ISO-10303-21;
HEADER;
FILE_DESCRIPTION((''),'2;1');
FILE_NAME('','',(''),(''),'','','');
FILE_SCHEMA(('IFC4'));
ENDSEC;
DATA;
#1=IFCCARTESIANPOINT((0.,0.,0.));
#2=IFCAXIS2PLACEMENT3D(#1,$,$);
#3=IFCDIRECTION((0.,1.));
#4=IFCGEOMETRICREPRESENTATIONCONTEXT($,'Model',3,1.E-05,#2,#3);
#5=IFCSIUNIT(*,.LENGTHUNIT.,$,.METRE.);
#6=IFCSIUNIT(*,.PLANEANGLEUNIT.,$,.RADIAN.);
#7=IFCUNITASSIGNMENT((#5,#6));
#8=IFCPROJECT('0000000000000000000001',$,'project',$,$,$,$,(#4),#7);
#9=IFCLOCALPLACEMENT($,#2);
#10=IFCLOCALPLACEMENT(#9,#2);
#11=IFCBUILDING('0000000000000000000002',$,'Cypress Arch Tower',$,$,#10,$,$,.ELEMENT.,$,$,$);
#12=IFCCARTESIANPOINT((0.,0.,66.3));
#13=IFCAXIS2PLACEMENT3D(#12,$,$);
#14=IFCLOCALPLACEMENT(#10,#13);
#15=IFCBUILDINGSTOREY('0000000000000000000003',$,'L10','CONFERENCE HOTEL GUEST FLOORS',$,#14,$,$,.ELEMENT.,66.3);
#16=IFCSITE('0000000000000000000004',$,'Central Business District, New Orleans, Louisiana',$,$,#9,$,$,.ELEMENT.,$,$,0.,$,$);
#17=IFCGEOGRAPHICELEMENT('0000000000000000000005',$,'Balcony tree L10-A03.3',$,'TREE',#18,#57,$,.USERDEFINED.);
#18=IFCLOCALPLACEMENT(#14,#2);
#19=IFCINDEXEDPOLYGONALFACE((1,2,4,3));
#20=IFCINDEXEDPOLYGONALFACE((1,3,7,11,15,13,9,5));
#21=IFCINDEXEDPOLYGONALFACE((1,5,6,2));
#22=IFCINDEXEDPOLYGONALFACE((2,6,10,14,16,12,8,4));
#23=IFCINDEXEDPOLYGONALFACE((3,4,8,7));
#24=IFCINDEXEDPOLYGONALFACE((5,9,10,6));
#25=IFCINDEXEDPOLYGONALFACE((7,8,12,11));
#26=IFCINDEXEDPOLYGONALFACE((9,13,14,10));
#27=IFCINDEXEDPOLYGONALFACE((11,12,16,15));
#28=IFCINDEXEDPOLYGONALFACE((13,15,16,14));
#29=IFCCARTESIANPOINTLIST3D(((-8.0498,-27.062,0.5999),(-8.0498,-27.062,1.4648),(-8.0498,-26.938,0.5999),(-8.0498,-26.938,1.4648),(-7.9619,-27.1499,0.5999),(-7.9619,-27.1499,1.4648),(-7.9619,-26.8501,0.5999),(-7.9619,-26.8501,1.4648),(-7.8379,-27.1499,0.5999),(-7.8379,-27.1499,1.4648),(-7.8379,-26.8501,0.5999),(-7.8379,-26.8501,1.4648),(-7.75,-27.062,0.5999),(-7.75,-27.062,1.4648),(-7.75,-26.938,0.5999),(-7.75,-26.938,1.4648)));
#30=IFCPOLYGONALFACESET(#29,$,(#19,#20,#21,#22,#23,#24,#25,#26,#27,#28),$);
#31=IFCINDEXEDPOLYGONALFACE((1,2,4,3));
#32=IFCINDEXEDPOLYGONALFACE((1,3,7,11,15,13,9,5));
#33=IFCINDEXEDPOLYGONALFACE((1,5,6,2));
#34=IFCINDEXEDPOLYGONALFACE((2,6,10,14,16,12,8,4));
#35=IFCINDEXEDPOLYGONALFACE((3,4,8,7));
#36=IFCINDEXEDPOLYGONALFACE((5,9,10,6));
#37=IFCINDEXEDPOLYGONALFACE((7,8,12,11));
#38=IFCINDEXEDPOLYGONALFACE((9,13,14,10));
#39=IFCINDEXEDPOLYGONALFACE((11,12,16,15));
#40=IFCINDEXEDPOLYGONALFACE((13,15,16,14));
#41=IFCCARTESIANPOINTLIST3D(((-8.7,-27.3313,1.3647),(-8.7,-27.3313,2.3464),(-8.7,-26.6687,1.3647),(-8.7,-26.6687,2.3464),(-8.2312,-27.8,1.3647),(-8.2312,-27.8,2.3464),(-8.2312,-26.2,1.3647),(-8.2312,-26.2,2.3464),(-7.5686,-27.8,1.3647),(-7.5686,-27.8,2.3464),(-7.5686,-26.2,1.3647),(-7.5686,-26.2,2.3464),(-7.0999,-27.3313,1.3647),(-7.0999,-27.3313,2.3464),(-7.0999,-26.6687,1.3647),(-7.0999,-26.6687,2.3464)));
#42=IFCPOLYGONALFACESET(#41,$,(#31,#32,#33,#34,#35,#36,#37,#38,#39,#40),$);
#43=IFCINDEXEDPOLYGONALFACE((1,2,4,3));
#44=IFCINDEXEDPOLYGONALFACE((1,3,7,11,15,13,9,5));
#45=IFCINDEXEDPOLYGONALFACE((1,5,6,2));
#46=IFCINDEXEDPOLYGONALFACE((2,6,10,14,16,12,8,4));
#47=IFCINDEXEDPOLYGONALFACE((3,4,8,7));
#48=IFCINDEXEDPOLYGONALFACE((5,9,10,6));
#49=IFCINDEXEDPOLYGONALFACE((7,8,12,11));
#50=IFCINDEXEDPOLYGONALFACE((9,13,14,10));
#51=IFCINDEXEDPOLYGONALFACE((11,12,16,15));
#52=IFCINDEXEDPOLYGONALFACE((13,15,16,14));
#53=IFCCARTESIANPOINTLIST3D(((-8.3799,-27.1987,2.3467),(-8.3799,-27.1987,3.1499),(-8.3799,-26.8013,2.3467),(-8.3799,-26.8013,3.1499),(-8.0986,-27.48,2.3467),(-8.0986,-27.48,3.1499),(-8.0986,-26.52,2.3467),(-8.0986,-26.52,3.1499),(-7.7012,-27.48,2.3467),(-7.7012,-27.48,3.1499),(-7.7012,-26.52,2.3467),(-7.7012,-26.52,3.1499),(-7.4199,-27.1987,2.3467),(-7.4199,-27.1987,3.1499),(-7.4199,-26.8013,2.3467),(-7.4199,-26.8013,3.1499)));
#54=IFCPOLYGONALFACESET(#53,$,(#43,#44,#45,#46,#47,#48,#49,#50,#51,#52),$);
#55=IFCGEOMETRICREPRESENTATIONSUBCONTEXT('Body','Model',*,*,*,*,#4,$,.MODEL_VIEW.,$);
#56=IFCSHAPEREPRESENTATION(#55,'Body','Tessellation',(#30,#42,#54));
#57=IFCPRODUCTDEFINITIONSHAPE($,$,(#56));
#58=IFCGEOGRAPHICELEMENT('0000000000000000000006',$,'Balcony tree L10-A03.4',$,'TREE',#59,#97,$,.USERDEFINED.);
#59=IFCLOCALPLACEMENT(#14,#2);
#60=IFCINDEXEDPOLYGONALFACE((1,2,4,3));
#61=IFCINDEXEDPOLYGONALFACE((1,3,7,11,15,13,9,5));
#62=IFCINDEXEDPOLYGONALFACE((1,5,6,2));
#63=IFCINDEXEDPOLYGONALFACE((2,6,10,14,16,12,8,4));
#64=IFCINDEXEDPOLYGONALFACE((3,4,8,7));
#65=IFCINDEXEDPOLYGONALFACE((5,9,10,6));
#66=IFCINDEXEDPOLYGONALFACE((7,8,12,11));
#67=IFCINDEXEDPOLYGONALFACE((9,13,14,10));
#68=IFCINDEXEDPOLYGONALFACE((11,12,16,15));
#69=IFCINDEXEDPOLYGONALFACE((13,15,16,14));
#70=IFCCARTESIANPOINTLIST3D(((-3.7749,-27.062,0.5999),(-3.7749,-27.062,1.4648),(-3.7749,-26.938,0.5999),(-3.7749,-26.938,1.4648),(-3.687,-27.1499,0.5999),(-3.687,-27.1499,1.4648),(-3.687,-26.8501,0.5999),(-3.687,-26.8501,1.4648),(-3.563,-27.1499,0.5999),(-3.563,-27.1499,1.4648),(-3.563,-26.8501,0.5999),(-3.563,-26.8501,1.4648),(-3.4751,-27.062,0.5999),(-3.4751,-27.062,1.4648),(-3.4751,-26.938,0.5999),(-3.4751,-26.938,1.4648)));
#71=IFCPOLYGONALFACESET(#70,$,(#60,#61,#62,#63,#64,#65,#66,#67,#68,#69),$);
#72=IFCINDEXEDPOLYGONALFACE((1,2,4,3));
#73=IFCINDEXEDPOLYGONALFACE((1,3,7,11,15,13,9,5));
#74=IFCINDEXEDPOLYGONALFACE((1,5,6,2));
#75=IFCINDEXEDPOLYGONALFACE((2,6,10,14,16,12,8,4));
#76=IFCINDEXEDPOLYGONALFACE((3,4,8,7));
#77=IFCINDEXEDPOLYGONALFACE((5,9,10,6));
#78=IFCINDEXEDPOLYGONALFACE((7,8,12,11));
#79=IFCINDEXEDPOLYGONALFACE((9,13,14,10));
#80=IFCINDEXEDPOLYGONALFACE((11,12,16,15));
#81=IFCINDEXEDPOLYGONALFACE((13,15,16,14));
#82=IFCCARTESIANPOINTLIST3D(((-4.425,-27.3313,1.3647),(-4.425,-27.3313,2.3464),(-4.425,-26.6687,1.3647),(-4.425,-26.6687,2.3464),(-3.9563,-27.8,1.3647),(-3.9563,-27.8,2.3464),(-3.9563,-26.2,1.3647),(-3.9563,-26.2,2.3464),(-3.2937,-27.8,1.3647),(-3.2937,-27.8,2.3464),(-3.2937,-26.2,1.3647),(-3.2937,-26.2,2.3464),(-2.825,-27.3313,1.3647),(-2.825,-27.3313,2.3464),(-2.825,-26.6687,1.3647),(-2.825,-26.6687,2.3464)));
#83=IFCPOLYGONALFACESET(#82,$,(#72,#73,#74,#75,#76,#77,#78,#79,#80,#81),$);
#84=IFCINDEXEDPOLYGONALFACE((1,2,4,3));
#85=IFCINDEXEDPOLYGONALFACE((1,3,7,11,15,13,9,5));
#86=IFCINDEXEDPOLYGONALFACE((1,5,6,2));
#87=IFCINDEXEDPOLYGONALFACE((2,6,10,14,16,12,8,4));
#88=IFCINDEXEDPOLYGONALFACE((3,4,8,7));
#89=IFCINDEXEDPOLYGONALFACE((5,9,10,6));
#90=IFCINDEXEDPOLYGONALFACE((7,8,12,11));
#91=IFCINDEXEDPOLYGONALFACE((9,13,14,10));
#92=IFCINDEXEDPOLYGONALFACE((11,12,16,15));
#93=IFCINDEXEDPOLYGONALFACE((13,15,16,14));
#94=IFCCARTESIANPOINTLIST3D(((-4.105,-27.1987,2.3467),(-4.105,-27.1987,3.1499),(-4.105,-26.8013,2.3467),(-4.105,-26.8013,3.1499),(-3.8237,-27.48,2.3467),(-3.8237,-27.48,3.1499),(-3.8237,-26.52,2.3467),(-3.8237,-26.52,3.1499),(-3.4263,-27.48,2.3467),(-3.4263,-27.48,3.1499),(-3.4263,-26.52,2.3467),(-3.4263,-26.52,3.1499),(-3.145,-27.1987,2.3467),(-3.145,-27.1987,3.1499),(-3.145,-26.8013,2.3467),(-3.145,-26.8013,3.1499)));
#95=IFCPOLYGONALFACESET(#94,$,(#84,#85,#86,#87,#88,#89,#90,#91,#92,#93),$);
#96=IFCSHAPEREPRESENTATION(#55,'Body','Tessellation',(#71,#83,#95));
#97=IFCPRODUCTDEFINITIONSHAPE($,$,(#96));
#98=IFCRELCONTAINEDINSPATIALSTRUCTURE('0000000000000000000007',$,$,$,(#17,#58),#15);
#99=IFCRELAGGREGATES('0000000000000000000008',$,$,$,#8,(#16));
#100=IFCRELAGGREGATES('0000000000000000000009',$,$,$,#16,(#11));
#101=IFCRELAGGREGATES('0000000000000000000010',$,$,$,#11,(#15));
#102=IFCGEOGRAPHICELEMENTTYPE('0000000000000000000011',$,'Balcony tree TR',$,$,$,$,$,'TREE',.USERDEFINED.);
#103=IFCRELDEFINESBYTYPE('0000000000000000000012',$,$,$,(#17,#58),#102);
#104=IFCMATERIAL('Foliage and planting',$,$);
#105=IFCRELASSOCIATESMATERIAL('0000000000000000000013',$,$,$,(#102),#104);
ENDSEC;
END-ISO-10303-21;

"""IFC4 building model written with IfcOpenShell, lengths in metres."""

from ifc_helpers import new_model, si_unit, direction, frame, origin, place, context, subcontext, project, spatial, polyline, outline, extrude, material, type_object, element, save


model = new_model("IFC4")

# Units and contexts
model_context = context("Model", 3, precision=1e-05, world=origin(), true_north=direction((0.0, 1.0)))
body_context = subcontext(model_context, "Body", "Model", "MODEL_VIEW")
ifc_project = project(units=[si_unit("LENGTHUNIT", "METRE"), si_unit("PLANEANGLEUNIT", "RADIAN")], contexts=[model_context])

# Site, building, storey
site_placement = place(None, origin())
site = spatial("IfcSite", under=ifc_project, at=site_placement, Name="Central Business District, New Orleans, Louisiana", CompositionType="ELEMENT", RefElevation=0.0)
building_placement = place(site_placement, origin())
building = spatial("IfcBuilding", under=site, at=building_placement, Name="Cypress Arch Tower", CompositionType="ELEMENT")
storey_placement = place(building_placement, frame((0.0, 0.0, 66.3)))
storey = spatial("IfcBuildingStorey", under=building, at=storey_placement, Name="L10", Description="CONFERENCE HOTEL GUEST FLOORS", CompositionType="ELEMENT", Elevation=66.3)

# Geographic elements
ifc_material_1 = material(Name="Foliage and planting")
geographic_element_type = type_object("IfcGeographicElementType", Name="Balcony tree TR", ElementType="TREE", PredefinedType="USERDEFINED", material=ifc_material_1)
for number, where, z_axis, x_axis, name in (
    (1, (-7.8999, -27.0, 0.5999), (0.0, 0.0, 1.0), (1.0, 0.0, 0.0), "Balcony tree L10-A03.3"),
    (2, (-3.625, -27.0, 0.5999), (0.0, 0.0, 1.0), (1.0, 0.0, 0.0), "Balcony tree L10-A03.4"),
):
    element("IfcGeographicElement", number, at=place(storey_placement, frame(where, z_axis=z_axis, x_axis=x_axis)), inside=storey, type_object=geographic_element_type, Name=name, ObjectType="TREE", PredefinedType="USERDEFINED", context=body_context, shape_type="SweptSolid", body=[
        extrude(outline(polyline([(0.1499, 0.062), (0.062, 0.1499), (-0.062, 0.1499), (-0.1499, 0.062), (-0.1499, -0.062), (-0.062, -0.1499), (0.062, -0.1499), (0.1499, -0.062), (0.1499, 0.062)])), origin(), (0.0, 0.0, 1.0), 0.865),
        extrude(outline(polyline([(0.8, 0.3313), (0.3313, 0.8), (-0.3313, 0.8), (-0.8, 0.3313), (-0.8, -0.3313), (-0.3313, -0.8), (0.3313, -0.8), (0.8, -0.3313), (0.8, 0.3313)])), frame((0.0, 0.0, 0.7649)), (0.0, 0.0, 1.0), 0.9817),
        extrude(outline(polyline([(0.48, 0.1987), (0.1987, 0.48), (-0.1987, 0.48), (-0.48, 0.1987), (-0.48, -0.1987), (-0.1987, -0.48), (0.1987, -0.48), (0.48, -0.1987), (0.48, 0.1987)])), frame((0.0, 0.0, 1.7468)), (0.0, 0.0, 1.0), 0.8032),
    ])

save(model, "model.ifc")
